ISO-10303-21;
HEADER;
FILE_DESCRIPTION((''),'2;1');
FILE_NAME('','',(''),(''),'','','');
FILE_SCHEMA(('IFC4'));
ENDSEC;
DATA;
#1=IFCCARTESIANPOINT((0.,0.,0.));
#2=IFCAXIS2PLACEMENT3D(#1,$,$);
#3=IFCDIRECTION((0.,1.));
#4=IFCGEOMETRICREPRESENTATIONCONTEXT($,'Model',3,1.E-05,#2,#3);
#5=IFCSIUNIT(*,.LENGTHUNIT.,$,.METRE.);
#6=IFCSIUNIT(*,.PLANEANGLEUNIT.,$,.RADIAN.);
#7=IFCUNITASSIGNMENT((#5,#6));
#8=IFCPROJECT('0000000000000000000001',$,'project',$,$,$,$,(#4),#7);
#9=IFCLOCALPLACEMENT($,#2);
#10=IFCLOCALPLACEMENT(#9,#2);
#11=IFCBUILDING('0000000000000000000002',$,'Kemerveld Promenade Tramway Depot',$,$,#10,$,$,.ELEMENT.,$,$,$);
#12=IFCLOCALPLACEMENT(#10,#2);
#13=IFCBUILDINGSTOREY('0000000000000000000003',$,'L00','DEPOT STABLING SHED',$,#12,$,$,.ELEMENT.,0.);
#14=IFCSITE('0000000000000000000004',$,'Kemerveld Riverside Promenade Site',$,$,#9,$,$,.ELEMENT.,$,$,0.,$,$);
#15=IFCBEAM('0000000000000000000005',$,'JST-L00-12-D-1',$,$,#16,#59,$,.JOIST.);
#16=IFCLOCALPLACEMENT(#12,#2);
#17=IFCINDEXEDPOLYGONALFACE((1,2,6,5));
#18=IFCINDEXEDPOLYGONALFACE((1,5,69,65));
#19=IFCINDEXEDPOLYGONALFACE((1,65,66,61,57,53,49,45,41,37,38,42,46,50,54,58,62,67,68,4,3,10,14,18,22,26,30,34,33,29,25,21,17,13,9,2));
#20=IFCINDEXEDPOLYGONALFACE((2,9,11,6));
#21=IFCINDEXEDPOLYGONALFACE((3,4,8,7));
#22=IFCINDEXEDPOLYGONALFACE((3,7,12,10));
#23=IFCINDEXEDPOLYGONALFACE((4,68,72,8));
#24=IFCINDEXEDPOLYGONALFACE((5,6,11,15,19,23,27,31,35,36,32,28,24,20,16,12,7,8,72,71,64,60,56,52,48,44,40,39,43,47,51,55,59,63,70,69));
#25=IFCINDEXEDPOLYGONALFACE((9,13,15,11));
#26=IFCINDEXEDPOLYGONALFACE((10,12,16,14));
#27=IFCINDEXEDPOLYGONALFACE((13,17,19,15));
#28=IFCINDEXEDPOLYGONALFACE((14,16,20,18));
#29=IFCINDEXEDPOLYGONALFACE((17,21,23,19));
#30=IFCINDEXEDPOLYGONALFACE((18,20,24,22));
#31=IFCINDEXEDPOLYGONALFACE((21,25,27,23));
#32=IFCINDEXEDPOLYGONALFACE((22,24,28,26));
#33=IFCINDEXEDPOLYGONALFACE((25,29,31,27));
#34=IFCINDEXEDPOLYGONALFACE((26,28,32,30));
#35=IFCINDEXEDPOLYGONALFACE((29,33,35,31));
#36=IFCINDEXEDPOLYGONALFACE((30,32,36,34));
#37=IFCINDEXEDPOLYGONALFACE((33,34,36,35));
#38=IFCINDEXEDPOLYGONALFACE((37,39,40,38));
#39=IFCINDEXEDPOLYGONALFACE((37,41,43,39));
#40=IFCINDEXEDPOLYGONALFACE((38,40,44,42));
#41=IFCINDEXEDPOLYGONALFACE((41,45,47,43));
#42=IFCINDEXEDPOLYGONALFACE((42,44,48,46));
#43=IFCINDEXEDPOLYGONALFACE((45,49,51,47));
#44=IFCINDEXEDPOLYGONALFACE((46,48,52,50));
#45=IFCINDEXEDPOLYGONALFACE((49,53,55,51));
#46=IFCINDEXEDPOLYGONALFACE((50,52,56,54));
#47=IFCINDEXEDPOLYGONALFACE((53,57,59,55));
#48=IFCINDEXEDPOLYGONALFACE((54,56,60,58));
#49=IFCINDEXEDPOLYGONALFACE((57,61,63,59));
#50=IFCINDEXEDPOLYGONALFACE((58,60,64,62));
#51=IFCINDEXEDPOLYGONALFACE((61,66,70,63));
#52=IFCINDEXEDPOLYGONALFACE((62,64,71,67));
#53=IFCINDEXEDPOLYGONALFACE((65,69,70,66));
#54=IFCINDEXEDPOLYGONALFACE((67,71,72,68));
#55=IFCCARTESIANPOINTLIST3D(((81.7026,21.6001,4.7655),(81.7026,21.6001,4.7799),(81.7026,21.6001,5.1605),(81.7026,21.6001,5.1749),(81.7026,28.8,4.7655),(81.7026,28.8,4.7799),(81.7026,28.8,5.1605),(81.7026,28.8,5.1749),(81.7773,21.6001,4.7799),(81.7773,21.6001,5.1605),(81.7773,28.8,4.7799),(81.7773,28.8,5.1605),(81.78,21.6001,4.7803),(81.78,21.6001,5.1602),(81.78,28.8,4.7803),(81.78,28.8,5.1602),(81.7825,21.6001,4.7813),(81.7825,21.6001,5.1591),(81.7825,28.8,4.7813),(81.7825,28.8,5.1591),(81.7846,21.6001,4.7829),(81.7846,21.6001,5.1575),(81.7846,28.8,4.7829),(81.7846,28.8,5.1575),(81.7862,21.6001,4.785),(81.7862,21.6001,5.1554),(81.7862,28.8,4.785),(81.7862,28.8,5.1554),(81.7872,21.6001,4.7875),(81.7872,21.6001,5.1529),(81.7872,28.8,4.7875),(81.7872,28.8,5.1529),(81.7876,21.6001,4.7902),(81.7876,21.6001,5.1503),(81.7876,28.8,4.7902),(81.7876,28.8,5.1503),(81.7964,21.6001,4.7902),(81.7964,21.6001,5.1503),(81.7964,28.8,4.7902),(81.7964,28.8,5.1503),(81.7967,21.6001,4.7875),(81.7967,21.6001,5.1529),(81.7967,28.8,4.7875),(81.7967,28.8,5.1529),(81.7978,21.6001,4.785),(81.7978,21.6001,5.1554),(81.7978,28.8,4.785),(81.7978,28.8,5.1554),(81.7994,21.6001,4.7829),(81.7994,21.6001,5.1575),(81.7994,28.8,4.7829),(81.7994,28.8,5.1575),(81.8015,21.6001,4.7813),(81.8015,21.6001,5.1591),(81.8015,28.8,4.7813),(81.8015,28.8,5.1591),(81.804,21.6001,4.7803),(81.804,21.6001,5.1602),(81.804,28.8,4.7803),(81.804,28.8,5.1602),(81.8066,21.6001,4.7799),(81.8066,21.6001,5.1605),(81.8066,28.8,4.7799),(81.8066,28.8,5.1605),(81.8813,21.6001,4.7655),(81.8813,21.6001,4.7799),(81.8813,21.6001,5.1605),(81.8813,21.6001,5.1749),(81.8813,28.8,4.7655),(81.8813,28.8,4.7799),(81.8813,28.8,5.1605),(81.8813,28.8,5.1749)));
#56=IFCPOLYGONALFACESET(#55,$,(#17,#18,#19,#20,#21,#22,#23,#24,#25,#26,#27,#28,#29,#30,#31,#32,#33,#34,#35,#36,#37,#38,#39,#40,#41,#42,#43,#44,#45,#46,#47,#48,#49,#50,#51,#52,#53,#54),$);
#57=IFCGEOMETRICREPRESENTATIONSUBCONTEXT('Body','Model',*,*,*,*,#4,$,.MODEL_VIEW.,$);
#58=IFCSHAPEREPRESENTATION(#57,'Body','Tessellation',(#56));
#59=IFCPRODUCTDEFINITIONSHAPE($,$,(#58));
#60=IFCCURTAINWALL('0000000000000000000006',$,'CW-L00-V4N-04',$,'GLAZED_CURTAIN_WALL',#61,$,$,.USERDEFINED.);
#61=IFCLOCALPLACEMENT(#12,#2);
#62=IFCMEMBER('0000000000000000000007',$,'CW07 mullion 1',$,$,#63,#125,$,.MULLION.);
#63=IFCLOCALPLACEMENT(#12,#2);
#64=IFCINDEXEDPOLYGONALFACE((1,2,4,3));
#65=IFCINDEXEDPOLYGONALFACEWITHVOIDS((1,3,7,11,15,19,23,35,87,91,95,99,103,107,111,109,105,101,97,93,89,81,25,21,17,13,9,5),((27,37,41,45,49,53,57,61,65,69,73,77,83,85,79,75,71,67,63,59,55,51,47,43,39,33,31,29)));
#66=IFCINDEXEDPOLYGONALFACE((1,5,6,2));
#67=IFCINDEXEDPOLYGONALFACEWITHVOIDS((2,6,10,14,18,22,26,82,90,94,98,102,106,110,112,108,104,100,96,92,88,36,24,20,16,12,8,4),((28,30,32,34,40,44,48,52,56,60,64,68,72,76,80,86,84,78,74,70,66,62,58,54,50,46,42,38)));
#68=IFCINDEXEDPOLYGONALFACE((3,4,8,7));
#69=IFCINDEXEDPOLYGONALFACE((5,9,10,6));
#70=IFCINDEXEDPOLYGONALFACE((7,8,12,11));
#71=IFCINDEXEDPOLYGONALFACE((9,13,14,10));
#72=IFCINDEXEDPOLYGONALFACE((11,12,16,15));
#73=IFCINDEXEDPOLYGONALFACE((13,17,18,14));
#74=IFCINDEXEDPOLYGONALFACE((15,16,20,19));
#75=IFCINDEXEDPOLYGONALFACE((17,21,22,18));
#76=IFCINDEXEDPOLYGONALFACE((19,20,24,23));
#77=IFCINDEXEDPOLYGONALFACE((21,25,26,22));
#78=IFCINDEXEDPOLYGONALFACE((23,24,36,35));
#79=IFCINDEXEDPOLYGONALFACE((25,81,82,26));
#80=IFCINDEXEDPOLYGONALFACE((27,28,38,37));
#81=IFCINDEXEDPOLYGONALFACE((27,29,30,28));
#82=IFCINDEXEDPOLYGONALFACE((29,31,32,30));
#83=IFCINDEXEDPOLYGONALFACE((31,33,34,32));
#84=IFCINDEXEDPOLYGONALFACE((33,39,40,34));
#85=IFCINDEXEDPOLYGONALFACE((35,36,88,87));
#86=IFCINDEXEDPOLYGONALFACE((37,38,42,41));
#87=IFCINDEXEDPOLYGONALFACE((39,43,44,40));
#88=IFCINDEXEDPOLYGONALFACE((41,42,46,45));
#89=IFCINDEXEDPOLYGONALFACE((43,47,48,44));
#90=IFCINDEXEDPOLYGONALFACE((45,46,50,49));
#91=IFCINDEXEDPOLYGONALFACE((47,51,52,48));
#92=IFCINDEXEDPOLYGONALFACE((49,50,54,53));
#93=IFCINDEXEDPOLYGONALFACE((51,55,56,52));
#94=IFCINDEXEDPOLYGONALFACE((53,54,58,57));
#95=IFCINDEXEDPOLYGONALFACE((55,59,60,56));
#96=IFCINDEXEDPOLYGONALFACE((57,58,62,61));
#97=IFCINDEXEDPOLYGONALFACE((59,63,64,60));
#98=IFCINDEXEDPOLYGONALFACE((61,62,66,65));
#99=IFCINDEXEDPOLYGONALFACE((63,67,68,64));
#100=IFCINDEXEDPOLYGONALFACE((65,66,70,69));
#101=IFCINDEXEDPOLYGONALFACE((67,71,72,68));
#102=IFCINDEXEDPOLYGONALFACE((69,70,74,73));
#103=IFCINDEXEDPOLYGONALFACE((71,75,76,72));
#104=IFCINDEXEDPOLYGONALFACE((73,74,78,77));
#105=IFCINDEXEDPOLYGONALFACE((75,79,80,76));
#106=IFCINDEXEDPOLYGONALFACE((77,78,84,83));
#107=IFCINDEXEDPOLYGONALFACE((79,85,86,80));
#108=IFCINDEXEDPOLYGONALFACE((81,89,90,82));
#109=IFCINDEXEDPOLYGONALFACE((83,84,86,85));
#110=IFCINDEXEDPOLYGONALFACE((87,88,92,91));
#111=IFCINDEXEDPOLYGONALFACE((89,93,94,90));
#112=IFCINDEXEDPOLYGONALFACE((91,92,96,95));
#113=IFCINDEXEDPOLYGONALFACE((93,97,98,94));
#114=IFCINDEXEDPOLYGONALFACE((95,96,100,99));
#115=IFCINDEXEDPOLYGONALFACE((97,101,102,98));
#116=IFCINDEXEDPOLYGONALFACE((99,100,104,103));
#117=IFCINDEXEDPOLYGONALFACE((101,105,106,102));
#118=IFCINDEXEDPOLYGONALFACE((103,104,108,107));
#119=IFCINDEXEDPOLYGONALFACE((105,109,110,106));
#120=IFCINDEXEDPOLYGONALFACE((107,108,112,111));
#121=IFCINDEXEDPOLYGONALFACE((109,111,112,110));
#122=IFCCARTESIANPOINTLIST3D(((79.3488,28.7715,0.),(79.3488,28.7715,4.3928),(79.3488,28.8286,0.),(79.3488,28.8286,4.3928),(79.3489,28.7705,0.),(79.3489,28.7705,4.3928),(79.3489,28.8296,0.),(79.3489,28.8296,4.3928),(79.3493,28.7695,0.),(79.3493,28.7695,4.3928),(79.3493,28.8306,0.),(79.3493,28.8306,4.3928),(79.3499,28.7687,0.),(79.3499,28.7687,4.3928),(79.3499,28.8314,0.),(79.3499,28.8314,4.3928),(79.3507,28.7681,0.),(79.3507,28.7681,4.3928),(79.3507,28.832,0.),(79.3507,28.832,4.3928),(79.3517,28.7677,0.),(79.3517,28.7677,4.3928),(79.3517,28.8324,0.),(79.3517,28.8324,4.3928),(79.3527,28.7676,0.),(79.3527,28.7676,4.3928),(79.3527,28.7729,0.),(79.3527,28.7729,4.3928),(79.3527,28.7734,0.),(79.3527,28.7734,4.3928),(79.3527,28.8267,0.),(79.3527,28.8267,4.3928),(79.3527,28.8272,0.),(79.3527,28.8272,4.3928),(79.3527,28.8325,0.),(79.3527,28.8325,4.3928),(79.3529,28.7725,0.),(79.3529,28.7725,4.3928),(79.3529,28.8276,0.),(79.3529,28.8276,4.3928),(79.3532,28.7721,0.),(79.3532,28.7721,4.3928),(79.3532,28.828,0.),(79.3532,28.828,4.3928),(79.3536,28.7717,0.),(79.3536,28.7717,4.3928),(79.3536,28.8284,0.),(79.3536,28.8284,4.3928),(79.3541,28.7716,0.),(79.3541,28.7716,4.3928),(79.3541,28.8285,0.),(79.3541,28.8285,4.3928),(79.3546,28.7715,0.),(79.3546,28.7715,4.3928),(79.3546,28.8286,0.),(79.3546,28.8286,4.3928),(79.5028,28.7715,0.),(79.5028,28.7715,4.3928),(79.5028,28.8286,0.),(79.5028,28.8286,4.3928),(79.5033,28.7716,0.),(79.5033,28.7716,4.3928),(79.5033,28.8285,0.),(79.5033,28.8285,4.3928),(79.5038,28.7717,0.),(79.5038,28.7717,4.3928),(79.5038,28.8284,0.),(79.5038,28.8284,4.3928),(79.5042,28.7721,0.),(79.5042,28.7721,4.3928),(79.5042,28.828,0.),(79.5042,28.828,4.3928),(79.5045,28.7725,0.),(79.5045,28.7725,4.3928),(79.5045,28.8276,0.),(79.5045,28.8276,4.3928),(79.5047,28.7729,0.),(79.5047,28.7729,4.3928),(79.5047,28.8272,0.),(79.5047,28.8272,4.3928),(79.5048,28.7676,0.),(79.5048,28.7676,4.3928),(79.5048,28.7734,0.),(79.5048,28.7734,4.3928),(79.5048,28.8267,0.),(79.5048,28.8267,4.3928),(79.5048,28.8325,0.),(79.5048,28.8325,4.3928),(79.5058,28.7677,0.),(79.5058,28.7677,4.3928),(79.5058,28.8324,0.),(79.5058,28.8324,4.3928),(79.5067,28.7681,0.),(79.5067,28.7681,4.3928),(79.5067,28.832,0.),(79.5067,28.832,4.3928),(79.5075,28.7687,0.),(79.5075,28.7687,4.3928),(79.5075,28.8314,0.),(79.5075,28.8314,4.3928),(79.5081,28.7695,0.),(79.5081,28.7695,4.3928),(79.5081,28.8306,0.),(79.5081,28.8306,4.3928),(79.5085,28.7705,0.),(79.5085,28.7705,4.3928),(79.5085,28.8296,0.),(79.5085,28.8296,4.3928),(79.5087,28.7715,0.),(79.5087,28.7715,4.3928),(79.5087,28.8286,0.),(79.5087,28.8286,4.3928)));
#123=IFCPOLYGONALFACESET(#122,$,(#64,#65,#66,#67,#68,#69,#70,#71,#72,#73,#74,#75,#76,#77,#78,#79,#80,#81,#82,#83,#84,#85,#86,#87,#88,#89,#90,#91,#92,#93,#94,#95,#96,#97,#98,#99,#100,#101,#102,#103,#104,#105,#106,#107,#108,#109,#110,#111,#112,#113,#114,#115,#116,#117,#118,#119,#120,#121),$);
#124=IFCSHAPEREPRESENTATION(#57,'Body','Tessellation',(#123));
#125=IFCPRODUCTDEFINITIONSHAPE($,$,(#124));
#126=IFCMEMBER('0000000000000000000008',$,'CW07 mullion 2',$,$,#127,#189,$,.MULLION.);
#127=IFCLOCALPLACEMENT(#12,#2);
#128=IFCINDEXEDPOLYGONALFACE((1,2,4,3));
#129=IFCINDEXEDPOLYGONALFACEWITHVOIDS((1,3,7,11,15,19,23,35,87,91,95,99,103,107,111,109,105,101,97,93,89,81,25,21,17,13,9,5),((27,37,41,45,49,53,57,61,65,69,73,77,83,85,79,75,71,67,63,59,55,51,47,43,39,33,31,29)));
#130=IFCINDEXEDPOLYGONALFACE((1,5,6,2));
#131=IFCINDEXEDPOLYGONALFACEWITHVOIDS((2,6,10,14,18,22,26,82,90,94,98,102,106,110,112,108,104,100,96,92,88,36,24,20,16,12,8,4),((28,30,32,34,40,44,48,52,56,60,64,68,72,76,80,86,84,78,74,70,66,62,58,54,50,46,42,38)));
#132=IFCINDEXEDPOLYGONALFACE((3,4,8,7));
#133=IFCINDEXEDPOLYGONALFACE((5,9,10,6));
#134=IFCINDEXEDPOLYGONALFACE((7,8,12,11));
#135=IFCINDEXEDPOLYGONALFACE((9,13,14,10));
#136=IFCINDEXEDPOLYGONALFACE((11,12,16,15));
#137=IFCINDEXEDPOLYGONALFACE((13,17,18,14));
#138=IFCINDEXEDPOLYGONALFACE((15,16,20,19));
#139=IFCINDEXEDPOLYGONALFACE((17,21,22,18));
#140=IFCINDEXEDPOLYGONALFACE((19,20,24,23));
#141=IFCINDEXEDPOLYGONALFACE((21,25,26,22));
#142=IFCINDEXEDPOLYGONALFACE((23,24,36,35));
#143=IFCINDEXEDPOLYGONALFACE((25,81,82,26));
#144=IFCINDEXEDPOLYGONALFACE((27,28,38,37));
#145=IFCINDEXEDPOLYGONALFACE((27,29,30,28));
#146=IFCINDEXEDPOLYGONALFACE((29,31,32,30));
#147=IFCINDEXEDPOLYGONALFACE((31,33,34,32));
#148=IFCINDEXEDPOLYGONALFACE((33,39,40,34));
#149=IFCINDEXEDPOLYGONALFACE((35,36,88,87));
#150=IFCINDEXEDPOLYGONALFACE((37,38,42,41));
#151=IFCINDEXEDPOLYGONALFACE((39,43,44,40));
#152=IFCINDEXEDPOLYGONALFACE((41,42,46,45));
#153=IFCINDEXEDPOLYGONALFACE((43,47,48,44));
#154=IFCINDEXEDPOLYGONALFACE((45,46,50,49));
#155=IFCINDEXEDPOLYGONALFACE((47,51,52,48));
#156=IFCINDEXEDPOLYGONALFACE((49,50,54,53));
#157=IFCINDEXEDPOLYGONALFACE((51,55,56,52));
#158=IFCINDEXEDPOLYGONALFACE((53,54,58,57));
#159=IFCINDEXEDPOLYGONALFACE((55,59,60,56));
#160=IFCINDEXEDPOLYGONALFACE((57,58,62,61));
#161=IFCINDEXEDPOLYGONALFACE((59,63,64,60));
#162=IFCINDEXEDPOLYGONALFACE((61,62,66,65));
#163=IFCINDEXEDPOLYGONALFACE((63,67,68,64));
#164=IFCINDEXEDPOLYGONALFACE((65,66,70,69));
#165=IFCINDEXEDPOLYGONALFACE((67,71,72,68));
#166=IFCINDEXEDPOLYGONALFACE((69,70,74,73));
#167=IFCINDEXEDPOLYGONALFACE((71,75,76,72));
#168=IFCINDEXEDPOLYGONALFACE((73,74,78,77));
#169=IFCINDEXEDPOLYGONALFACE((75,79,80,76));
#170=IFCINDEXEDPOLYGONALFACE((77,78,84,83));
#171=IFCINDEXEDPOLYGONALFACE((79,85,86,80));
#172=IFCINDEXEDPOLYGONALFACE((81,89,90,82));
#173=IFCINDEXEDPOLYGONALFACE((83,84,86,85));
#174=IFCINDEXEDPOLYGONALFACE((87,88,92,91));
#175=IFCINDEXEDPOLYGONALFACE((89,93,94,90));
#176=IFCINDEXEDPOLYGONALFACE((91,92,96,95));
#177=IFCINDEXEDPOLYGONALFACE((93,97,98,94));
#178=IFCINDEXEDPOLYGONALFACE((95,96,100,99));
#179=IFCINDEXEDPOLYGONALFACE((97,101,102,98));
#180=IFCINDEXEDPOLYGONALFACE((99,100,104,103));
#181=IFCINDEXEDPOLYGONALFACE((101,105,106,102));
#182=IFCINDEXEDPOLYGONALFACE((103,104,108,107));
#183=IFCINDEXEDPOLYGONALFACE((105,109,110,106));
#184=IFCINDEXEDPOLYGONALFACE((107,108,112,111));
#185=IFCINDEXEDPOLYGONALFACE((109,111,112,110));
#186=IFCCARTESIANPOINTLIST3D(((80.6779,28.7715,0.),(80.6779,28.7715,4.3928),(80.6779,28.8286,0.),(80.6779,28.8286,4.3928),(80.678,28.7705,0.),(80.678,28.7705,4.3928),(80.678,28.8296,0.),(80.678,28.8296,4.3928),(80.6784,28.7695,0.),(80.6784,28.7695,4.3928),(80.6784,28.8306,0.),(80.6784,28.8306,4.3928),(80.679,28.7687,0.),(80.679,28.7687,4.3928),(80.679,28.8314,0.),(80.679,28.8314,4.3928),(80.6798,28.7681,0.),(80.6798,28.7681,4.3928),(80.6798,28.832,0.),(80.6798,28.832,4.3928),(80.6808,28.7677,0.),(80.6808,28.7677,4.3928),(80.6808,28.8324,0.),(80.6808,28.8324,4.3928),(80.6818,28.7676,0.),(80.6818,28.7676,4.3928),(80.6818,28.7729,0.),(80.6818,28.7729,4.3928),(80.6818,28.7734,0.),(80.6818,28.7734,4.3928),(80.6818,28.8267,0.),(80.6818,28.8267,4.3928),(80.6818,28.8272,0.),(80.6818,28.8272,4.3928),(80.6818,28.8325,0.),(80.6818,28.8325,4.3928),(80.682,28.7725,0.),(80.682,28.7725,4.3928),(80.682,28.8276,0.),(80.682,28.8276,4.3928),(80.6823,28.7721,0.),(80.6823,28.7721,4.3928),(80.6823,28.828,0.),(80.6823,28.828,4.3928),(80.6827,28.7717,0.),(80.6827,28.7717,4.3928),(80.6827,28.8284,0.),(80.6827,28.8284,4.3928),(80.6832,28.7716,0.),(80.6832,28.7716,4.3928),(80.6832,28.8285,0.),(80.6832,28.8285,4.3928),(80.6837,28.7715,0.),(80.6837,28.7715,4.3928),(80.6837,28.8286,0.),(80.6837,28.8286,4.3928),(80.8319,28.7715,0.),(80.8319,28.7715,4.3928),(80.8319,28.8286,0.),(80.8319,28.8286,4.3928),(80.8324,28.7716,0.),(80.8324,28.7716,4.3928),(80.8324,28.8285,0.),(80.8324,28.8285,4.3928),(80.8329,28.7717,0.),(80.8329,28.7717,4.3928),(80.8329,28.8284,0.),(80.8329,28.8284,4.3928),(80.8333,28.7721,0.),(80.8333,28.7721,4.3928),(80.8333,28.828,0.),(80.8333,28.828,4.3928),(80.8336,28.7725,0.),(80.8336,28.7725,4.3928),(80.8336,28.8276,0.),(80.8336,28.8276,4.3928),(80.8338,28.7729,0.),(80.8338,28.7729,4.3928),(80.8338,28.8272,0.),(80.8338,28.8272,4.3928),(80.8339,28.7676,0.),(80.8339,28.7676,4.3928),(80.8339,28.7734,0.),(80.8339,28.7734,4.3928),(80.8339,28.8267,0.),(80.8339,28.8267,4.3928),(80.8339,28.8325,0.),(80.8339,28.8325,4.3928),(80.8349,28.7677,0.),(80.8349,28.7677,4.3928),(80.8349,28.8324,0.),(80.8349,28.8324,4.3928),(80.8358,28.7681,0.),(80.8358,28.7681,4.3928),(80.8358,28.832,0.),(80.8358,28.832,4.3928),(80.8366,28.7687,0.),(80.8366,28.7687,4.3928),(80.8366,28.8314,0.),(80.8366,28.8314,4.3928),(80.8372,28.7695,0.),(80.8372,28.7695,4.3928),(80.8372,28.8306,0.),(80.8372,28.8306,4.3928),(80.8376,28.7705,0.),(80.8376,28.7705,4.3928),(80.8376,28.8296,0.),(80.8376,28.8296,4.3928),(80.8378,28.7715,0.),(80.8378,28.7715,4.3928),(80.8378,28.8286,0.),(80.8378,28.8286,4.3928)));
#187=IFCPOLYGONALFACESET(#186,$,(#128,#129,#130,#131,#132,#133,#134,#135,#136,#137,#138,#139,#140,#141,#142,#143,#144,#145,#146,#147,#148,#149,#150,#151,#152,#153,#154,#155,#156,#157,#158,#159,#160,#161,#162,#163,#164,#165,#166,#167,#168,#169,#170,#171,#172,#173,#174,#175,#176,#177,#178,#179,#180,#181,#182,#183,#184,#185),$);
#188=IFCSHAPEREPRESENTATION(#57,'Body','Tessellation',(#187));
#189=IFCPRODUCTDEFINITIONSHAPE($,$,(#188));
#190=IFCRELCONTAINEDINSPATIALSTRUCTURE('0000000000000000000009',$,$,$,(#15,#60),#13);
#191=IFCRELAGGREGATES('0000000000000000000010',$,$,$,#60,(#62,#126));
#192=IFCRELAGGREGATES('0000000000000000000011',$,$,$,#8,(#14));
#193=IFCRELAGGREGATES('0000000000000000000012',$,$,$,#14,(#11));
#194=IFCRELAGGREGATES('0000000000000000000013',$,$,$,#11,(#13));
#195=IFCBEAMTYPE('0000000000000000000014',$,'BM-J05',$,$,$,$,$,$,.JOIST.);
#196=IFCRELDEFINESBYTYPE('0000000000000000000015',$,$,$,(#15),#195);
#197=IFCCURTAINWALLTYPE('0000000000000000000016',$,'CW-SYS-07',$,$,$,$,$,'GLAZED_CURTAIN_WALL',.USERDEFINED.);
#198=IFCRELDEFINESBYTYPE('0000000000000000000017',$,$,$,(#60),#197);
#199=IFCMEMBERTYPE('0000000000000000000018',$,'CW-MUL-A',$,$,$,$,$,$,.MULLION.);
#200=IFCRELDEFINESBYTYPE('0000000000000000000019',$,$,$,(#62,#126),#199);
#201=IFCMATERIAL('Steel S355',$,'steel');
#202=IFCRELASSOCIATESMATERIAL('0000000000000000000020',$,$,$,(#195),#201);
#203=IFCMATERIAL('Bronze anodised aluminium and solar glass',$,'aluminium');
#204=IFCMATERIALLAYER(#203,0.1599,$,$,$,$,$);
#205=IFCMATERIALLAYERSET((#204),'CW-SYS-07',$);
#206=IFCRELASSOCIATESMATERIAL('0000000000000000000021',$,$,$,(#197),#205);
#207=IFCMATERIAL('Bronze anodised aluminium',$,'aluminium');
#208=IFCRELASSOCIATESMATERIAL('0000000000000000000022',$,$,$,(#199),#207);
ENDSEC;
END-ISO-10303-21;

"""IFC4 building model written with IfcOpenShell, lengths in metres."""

from ifc_helpers import new_model, si_unit, direction, frame, origin, origin_2d, place, context, subcontext, project, spatial, hollow_rectangle, i_section, extrude, material, layer, layer_set, material_profile, profile_set, type_object, element, aggregate, save


model = new_model("IFC4")

# Units and contexts
model_context = context("Model", 3, precision=1e-05, world=origin(), true_north=direction((0.0, 1.0)))
body_context = subcontext(model_context, "Body", "Model", "MODEL_VIEW")
ifc_project = project(units=[si_unit("LENGTHUNIT", "METRE"), si_unit("PLANEANGLEUNIT", "RADIAN")], contexts=[model_context])

# Site, building, storey
site_placement = place(None, origin())
site = spatial("IfcSite", under=ifc_project, at=site_placement, Name="Kemerveld Riverside Promenade Site", CompositionType="ELEMENT", RefElevation=0.0)
building_placement = place(site_placement, origin())
building = spatial("IfcBuilding", under=site, at=building_placement, Name="Kemerveld Promenade Tramway Depot", CompositionType="ELEMENT")
storey_placement = place(building_placement, origin())
storey = spatial("IfcBuildingStorey", under=building, at=storey_placement, Name="L00", Description="DEPOT STABLING SHED", CompositionType="ELEMENT", Elevation=0.0)

# Shared definitions
ifc_material_1 = material(Name="Steel S355", Category="steel")

# Beam
ifc_material_profile_1 = material_profile(ifc_material_1, i_section(OverallWidth=0.1787, OverallDepth=0.4094, WebThickness=0.0088, FlangeThickness=0.0144, FilletRadius=0.0103, at=origin_2d()), Name="406x178x67 UB")
ifc_profile_set_1 = profile_set([ifc_material_profile_1], Name="Steel S355")
beam_type_1 = type_object("IfcBeamType", Name="BM-J05", PredefinedType="JOIST", material=ifc_profile_set_1)
beam_1_placement = place(storey_placement, frame((81.792, 21.6001, 4.9702), z_axis=(0.0, 1.0, 0.0), x_axis=(-1.0, 0.0, 0.0)))
element("IfcBeam", 1, at=beam_1_placement, inside=storey, type_object=beam_type_1, Name="JST-L00-12-D-1", PredefinedType="JOIST", context=body_context, shape_type="SweptSolid", body=[
    extrude(i_section(OverallWidth=0.1787, OverallDepth=0.4094, WebThickness=0.0088, FlangeThickness=0.0144, FilletRadius=0.0103, at=origin_2d()), origin(), (0.0, 0.0, 1.0), 7.2),
])

# Curtain wall, members
ifc_material_2 = material(Name="Bronze anodised aluminium and solar glass", Category="aluminium")
ifc_layer_1 = layer(ifc_material_2, 0.1599)
ifc_layer_set_1 = layer_set([ifc_layer_1], Name="CW-SYS-07")
curtain_wall_type = type_object("IfcCurtainWallType", Name="CW-SYS-07", ElementType="GLAZED_CURTAIN_WALL", PredefinedType="USERDEFINED", material=ifc_layer_set_1)
curtain_wall_placement = place(storey_placement, origin())
curtain_wall = element("IfcCurtainWall", 2, at=curtain_wall_placement, inside=storey, type_object=curtain_wall_type, Name="CW-L00-V4N-04", ObjectType="GLAZED_CURTAIN_WALL", PredefinedType="USERDEFINED")
ifc_material_3 = material(Name="Bronze anodised aluminium", Category="aluminium")
ifc_material_profile_2 = material_profile(ifc_material_3, hollow_rectangle(XDim=0.0649, YDim=0.1599, WallThickness=0.0039, InnerFilletRadius=0.002, OuterFilletRadius=0.0039, at=origin_2d()), Name="CW-MUL-160x65")
ifc_profile_set_2 = profile_set([ifc_material_profile_2], Name="Bronze anodised aluminium")
member_type_1 = type_object("IfcMemberType", Name="CW-MUL-A", PredefinedType="MULLION", material=ifc_profile_set_2)
member_1_placement = place(storey_placement, frame((79.4287, 28.8, 0.0), z_axis=(0.0, 0.0, 1.0), x_axis=(0.0, 1.0, 0.0)))
member_1 = element("IfcMember", 3, at=member_1_placement, type_object=member_type_1, Name="CW07 mullion 1", PredefinedType="MULLION", context=body_context, shape_type="SweptSolid", body=[
    extrude(hollow_rectangle(XDim=0.0649, YDim=0.1599, WallThickness=0.0039, InnerFilletRadius=0.002, OuterFilletRadius=0.0039, at=origin_2d()), origin(), (0.0, 0.0, 1.0), 4.3928),
])
member_2_placement = place(storey_placement, frame((80.7578, 28.8, 0.0), z_axis=(0.0, 0.0, 1.0), x_axis=(0.0, 1.0, 0.0)))
member_2 = element("IfcMember", 4, at=member_2_placement, type_object=member_type_1, Name="CW07 mullion 2", PredefinedType="MULLION", context=body_context, shape_type="SweptSolid", body=[
    extrude(hollow_rectangle(XDim=0.0649, YDim=0.1599, WallThickness=0.0039, InnerFilletRadius=0.002, OuterFilletRadius=0.0039, at=origin_2d()), origin(), (0.0, 0.0, 1.0), 4.3928),
])
aggregate(curtain_wall, [member_1, member_2])

save(model, "model.ifc")
